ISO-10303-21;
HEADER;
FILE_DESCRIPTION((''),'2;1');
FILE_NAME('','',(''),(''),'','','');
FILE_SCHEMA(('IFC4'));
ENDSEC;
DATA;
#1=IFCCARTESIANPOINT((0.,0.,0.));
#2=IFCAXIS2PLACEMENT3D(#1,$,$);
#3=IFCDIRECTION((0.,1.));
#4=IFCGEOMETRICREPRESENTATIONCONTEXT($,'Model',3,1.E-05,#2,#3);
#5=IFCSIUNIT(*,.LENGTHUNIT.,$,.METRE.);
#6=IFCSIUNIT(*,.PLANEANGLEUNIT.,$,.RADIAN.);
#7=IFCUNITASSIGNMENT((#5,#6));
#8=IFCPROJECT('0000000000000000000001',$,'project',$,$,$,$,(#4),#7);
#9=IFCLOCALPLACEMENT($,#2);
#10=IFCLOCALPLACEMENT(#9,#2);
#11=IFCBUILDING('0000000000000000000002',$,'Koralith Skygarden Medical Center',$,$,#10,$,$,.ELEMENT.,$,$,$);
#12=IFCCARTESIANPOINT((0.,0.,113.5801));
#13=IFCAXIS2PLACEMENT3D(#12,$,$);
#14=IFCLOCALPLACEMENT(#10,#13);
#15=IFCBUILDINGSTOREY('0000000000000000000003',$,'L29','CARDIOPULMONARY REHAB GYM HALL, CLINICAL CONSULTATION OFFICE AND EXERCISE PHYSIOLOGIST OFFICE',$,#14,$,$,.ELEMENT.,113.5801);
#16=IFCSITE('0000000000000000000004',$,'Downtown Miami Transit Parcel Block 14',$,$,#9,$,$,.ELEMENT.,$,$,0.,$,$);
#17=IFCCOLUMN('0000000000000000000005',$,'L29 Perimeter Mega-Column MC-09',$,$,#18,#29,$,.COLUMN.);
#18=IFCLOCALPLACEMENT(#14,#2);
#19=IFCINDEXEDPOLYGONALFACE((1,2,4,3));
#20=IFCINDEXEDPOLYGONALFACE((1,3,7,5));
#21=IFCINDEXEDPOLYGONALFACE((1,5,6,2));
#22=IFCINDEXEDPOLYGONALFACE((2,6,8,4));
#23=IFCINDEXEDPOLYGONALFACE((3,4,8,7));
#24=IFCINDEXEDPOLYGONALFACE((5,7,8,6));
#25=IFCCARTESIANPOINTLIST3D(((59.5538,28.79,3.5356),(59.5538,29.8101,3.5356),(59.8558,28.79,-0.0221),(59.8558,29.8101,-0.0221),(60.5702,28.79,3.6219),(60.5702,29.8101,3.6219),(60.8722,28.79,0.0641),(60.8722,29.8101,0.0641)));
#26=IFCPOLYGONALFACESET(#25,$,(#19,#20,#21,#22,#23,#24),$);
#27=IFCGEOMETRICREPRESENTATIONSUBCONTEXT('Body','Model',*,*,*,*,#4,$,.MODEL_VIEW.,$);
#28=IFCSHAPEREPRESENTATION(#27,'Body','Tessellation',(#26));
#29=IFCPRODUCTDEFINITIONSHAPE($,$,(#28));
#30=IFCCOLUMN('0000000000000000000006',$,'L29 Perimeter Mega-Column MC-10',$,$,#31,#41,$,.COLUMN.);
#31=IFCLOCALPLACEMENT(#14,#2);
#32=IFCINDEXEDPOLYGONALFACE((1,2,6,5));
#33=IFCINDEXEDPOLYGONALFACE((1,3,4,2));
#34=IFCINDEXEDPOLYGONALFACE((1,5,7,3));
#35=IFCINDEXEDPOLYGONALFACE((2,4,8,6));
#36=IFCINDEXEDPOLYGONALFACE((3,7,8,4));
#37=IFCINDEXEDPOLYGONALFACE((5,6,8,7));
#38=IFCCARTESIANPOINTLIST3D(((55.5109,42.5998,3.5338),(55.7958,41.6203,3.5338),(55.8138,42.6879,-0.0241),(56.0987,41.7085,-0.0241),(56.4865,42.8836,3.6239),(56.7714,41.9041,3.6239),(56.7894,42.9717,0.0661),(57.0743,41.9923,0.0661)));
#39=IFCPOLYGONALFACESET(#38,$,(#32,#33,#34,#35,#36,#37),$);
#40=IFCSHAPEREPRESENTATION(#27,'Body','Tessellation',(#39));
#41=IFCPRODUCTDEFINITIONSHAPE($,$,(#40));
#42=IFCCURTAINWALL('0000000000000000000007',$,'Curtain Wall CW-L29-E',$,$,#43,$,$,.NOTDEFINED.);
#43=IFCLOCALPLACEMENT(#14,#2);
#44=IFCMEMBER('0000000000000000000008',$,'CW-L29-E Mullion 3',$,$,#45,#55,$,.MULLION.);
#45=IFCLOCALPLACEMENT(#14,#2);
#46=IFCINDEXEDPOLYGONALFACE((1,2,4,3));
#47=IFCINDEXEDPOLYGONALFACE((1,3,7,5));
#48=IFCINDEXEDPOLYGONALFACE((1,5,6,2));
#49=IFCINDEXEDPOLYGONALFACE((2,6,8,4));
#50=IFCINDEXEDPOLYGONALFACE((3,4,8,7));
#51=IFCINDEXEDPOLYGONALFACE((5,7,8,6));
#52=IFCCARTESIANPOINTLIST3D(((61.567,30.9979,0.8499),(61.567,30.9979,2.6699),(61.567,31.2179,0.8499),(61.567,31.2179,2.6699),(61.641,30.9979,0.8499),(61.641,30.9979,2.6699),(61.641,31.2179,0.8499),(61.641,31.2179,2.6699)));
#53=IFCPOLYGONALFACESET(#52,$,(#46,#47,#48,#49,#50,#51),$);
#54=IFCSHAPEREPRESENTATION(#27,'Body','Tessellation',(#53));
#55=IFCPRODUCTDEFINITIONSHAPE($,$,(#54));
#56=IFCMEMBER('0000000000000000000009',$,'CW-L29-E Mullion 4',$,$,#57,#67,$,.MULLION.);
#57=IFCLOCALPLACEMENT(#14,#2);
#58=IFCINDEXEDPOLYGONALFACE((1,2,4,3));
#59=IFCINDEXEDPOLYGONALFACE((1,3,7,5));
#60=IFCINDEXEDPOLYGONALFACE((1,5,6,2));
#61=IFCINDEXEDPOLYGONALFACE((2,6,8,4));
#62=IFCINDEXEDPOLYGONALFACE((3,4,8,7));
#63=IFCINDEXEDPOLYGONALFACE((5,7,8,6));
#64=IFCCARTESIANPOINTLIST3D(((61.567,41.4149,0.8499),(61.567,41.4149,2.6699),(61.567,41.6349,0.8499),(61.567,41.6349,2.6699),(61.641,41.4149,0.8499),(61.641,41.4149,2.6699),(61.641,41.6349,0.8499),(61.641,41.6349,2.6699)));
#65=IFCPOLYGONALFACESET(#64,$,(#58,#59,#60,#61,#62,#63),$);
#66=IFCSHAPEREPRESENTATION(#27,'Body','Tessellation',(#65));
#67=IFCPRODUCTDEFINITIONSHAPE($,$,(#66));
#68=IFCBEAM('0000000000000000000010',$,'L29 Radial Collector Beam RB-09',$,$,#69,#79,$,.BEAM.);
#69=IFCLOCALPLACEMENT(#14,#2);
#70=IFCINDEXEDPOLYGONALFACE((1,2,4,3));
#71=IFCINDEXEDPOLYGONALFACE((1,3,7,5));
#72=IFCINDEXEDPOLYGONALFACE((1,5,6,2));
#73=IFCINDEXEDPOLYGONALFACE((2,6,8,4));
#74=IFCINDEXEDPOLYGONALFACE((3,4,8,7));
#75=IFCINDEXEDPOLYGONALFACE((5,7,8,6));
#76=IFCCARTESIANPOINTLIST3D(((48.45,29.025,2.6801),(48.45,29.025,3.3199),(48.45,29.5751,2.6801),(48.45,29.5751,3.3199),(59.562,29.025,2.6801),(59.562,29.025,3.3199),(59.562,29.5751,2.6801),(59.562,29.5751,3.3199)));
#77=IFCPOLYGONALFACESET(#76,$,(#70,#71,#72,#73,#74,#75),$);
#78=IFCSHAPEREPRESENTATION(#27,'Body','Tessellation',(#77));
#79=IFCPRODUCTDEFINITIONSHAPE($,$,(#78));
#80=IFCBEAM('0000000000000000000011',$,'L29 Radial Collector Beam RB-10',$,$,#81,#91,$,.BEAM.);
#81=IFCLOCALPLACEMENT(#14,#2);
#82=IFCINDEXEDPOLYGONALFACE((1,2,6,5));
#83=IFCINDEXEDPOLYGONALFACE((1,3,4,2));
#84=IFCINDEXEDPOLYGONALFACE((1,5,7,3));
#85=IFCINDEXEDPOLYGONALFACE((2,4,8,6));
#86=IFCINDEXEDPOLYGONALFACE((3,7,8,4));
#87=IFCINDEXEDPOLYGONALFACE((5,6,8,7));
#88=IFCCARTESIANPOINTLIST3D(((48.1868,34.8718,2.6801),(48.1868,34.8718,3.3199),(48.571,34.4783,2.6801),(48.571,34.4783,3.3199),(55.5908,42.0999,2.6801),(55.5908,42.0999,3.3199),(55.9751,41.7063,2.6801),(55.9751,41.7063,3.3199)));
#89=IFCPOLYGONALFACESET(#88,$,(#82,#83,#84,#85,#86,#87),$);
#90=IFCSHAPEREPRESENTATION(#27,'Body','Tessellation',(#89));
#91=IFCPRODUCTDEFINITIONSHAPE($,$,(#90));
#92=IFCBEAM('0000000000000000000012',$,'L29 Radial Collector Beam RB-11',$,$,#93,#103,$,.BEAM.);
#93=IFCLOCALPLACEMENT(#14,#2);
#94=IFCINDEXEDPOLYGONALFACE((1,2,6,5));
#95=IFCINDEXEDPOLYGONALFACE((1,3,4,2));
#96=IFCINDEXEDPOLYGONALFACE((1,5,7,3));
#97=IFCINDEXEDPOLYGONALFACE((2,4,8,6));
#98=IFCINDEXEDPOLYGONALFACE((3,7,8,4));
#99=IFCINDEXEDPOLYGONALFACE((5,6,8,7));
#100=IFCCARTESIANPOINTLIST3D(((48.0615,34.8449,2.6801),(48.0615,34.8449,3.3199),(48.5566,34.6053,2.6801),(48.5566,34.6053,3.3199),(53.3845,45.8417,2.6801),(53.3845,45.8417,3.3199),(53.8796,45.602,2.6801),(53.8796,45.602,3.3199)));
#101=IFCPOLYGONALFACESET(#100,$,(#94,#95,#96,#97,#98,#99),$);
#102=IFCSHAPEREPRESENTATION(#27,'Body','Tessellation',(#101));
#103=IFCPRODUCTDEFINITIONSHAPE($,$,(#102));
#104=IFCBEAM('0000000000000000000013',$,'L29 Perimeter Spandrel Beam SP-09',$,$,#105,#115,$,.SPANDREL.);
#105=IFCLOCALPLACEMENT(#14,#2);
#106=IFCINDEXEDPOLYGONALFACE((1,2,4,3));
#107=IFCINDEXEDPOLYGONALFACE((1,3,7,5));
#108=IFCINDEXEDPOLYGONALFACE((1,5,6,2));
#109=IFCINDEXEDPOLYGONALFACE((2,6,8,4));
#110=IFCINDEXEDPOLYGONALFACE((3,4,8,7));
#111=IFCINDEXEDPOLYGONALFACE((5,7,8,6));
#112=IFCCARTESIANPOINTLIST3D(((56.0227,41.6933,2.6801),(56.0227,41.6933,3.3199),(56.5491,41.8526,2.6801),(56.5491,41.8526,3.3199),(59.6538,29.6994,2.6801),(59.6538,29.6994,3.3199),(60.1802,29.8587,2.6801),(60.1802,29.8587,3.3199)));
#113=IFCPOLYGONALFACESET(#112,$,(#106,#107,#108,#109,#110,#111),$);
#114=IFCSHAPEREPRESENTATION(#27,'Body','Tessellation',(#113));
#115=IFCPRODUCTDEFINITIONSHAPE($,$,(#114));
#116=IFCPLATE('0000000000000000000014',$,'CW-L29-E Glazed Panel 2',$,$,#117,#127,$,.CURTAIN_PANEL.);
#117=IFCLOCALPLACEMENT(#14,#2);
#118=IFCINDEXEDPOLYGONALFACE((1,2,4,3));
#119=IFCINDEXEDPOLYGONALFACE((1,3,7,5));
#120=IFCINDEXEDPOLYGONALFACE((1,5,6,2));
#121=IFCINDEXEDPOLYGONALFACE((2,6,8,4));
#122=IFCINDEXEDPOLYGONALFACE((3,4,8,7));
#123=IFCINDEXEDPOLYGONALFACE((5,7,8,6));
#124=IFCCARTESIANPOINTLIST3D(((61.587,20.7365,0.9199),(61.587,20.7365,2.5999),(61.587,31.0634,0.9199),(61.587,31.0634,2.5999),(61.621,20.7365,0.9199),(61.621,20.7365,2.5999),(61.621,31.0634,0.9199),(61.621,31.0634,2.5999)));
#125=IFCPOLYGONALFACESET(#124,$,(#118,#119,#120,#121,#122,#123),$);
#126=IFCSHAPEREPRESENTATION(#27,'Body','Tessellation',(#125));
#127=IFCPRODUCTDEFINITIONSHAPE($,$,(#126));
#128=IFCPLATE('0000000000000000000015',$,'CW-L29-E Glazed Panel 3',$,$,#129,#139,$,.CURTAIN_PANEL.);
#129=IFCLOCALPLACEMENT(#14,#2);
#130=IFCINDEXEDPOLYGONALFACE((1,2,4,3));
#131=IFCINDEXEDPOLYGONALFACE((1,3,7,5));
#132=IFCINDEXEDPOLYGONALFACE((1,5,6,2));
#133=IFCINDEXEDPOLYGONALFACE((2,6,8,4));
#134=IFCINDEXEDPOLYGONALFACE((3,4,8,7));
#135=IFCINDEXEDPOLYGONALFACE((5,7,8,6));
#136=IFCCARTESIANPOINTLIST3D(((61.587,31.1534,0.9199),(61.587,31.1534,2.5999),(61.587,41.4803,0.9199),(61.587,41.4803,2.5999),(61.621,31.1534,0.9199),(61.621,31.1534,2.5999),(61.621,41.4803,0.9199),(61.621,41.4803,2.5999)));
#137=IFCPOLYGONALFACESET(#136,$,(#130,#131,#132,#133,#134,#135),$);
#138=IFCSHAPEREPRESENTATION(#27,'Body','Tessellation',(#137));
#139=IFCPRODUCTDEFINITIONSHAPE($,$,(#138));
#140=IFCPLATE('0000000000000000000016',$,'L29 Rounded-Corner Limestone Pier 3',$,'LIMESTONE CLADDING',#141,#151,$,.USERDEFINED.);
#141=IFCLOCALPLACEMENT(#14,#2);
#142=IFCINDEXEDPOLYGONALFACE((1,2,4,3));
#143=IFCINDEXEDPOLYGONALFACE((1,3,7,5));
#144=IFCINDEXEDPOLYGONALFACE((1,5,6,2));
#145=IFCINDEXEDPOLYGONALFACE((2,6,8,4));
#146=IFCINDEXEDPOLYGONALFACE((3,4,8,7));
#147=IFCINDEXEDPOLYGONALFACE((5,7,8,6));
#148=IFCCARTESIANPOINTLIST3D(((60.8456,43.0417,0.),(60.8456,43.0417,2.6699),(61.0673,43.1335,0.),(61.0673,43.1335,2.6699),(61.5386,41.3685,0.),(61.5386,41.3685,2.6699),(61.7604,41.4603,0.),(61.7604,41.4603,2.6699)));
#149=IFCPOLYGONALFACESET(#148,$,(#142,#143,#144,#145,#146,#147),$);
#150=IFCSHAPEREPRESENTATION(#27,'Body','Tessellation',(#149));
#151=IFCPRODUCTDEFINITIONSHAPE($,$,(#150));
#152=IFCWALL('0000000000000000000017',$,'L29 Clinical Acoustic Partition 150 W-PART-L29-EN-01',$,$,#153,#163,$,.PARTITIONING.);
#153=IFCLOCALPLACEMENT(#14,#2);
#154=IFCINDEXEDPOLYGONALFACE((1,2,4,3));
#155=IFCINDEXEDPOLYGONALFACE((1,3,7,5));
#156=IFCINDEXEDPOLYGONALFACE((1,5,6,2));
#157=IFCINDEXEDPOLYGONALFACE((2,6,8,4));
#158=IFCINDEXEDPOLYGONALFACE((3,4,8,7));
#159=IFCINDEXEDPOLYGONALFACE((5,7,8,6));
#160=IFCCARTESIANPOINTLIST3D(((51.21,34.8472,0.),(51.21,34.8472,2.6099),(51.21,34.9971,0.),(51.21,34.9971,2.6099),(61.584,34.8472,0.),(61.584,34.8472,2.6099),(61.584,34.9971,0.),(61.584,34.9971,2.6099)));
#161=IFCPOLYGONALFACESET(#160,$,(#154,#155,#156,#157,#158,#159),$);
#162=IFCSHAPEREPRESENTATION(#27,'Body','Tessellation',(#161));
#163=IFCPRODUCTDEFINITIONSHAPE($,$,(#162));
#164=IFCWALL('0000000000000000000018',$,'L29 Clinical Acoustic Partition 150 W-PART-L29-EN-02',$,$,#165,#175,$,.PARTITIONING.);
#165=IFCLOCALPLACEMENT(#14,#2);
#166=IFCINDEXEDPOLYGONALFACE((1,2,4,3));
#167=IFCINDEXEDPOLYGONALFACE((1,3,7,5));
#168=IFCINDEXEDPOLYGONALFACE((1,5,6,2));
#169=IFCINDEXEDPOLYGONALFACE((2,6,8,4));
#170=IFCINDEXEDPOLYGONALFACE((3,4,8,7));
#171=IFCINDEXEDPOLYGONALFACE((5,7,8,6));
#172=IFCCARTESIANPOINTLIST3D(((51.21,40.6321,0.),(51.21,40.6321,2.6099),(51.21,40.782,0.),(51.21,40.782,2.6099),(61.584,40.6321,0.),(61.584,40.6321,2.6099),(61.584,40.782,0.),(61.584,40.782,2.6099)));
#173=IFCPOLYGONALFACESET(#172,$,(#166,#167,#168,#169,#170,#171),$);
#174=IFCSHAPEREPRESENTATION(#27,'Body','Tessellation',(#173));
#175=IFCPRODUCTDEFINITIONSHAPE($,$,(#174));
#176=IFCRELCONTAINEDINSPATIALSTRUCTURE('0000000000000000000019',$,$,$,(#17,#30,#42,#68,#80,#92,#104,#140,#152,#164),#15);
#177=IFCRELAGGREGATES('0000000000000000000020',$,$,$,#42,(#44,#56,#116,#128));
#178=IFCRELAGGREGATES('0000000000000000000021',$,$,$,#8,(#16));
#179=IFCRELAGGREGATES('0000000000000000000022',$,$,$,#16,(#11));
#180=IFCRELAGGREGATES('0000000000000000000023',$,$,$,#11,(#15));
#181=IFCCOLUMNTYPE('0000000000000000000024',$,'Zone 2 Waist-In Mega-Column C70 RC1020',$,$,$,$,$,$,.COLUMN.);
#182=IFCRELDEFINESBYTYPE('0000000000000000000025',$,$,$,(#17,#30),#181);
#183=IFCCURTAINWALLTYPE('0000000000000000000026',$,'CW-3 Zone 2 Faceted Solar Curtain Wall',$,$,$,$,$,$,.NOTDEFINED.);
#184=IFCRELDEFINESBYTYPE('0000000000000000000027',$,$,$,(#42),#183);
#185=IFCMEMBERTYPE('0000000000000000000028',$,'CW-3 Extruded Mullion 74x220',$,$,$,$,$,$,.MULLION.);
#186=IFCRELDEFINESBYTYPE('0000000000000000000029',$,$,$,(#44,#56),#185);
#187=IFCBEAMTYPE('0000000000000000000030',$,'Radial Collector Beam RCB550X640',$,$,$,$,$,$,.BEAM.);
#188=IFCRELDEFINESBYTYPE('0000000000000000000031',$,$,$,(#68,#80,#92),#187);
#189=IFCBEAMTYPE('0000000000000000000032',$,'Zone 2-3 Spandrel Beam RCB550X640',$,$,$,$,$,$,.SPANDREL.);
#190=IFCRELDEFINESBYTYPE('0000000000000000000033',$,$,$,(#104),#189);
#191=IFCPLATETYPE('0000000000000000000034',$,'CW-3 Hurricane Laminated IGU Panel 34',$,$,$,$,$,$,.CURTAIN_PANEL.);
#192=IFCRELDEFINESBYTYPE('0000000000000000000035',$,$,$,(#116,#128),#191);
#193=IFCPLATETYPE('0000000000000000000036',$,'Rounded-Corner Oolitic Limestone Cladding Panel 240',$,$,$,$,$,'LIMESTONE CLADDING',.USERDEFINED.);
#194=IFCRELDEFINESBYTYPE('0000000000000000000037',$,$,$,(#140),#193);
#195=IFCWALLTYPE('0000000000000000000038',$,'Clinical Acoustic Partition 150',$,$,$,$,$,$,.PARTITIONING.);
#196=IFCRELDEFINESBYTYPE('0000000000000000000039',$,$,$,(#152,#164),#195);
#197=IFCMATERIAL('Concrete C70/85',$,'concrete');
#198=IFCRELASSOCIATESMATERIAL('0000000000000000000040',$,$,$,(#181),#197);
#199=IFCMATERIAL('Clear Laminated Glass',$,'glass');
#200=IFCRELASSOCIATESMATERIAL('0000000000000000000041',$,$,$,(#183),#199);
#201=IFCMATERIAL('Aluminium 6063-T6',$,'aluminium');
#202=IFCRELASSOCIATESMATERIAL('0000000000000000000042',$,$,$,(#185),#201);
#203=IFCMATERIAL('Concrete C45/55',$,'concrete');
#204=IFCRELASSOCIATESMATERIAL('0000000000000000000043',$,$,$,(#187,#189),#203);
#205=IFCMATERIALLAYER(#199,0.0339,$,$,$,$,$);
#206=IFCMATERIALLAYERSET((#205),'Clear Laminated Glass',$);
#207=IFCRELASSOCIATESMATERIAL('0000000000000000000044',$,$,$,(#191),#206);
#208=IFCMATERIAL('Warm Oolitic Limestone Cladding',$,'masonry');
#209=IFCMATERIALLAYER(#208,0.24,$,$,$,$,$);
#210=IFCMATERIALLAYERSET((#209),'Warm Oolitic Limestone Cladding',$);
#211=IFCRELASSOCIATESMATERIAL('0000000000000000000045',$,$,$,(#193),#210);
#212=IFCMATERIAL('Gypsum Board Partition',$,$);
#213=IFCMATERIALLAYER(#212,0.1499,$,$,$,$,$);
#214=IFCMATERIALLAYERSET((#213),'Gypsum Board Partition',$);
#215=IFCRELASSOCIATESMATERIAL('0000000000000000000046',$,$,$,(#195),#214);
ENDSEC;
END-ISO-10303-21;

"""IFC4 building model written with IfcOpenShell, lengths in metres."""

from ifc_helpers import new_model, si_unit, direction, frame, frame_2d, origin, origin_2d, place, context, subcontext, project, spatial, rectangle, extrude, material, layer, layer_set, material_profile, profile_set, type_object, element, aggregate, save


model = new_model("IFC4")

# Units and contexts
model_context = context("Model", 3, precision=1e-05, world=origin(), true_north=direction((0.0, 1.0)))
body_context = subcontext(model_context, "Body", "Model", "MODEL_VIEW")
ifc_project = project(units=[si_unit("LENGTHUNIT", "METRE"), si_unit("PLANEANGLEUNIT", "RADIAN")], contexts=[model_context])

# Site, building, storey
site_placement = place(None, origin())
site = spatial("IfcSite", under=ifc_project, at=site_placement, Name="Downtown Miami Transit Parcel Block 14", CompositionType="ELEMENT", RefElevation=0.0)
building_placement = place(site_placement, origin())
building = spatial("IfcBuilding", under=site, at=building_placement, Name="Koralith Skygarden Medical Center", CompositionType="ELEMENT")
storey_placement = place(building_placement, frame((0.0, 0.0, 113.5801)))
storey = spatial("IfcBuildingStorey", under=building, at=storey_placement, Name="L29", Description="CARDIOPULMONARY REHAB GYM HALL, CLINICAL CONSULTATION OFFICE AND EXERCISE PHYSIOLOGIST OFFICE", CompositionType="ELEMENT", Elevation=113.5801)

# Columns
ifc_material_1 = material(Name="Concrete C70/85", Category="concrete")
ifc_material_profile_1 = material_profile(ifc_material_1, rectangle(XDim=1.02, YDim=1.02, at=origin_2d()), Name="RC1020X1020")
ifc_profile_set_1 = profile_set([ifc_material_profile_1], Name="Concrete C70/85")
column_type = type_object("IfcColumnType", Name="Zone 2 Waist-In Mega-Column C70 RC1020", PredefinedType="COLUMN", material=ifc_profile_set_1)
column_1_placement = place(storey_placement, frame((60.364, 29.3, 0.021), z_axis=(-0.084579, 0.0, 0.996417), x_axis=(0.0, -1.0, 0.0)))
element("IfcColumn", 1, at=column_1_placement, inside=storey, type_object=column_type, Name="L29 Perimeter Mega-Column MC-09", PredefinedType="COLUMN", context=body_context, shape_type="SweptSolid", body=[
    extrude(rectangle(XDim=1.02, YDim=1.02, at=origin_2d()), origin(), (0.0, 0.0, 1.0), 3.5706),
])
column_2_placement = place(storey_placement, frame((56.4441, 42.3401, 0.021), z_axis=(-0.084825, -0.024675, 0.99609), x_axis=(0.279317, -0.960199, 0.0)))
element("IfcColumn", 2, at=column_2_placement, inside=storey, type_object=column_type, Name="L29 Perimeter Mega-Column MC-10", PredefinedType="COLUMN", context=body_context, shape_type="SweptSolid", body=[
    extrude(rectangle(XDim=1.02, YDim=1.02, at=origin_2d()), origin(), (0.0, 0.0, 1.0), 3.5718),
])

# Curtain wall, members
ifc_material_2 = material(Name="Clear Laminated Glass", Category="glass")
curtain_wall_type = type_object("IfcCurtainWallType", Name="CW-3 Zone 2 Faceted Solar Curtain Wall", PredefinedType="NOTDEFINED", material=ifc_material_2)
curtain_wall_placement = place(storey_placement, origin())
curtain_wall = element("IfcCurtainWall", 3, at=curtain_wall_placement, inside=storey, type_object=curtain_wall_type, Name="Curtain Wall CW-L29-E", PredefinedType="NOTDEFINED")
ifc_material_3 = material(Name="Aluminium 6063-T6", Category="aluminium")
ifc_material_profile_2 = material_profile(ifc_material_3, rectangle(XDim=0.074, YDim=0.22, at=origin_2d()), Name="MUL74X220")
ifc_profile_set_2 = profile_set([ifc_material_profile_2], Name="Aluminium 6063-T6")
member_type = type_object("IfcMemberType", Name="CW-3 Extruded Mullion 74x220", PredefinedType="MULLION", material=ifc_profile_set_2)
member_1_placement = place(storey_placement, frame((61.604, 31.1079, 0.8499), z_axis=(0.0, 0.0, 1.0), x_axis=(1.0, 0.0, 0.0)))
member_1 = element("IfcMember", 4, at=member_1_placement, type_object=member_type, Name="CW-L29-E Mullion 3", PredefinedType="MULLION", context=body_context, shape_type="SweptSolid", body=[
    extrude(rectangle(XDim=0.074, YDim=0.22, at=origin_2d()), origin(), (0.0, 0.0, 1.0), 1.8201),
])
member_2_placement = place(storey_placement, frame((61.604, 41.5249, 0.8499), z_axis=(0.0, 0.0, 1.0), x_axis=(1.0, 0.0, 0.0)))
member_2 = element("IfcMember", 5, at=member_2_placement, type_object=member_type, Name="CW-L29-E Mullion 4", PredefinedType="MULLION", context=body_context, shape_type="SweptSolid", body=[
    extrude(rectangle(XDim=0.074, YDim=0.22, at=origin_2d()), origin(), (0.0, 0.0, 1.0), 1.8201),
])

# Beams
ifc_material_4 = material(Name="Concrete C45/55", Category="concrete")
ifc_material_profile_3 = material_profile(ifc_material_4, rectangle(XDim=0.55, YDim=0.6399, at=origin_2d()), Name="RCB550X640")
ifc_profile_set_3 = profile_set([ifc_material_profile_3], Name="Concrete C45/55")
beam_type_1 = type_object("IfcBeamType", Name="Radial Collector Beam RCB550X640", PredefinedType="BEAM", material=ifc_profile_set_3)
beam_1_placement = place(storey_placement, frame((48.45, 29.3, 3.0), z_axis=(1.0, 0.0, 0.0), x_axis=(0.0, 1.0, 0.0)))
element("IfcBeam", 6, at=beam_1_placement, inside=storey, type_object=beam_type_1, Name="L29 Radial Collector Beam RB-09", PredefinedType="BEAM", context=body_context, shape_type="SweptSolid", body=[
    extrude(rectangle(XDim=0.55, YDim=0.6399, at=origin_2d()), origin(), (0.0, 0.0, 1.0), 11.1121),
])
beam_2_placement = place(storey_placement, frame((48.3789, 34.675, 3.0), z_axis=(0.715562, 0.69855, 0.0), x_axis=(-0.69855, 0.715562, 0.0)))
element("IfcBeam", 7, at=beam_2_placement, inside=storey, type_object=beam_type_1, Name="L29 Radial Collector Beam RB-10", PredefinedType="BEAM", context=body_context, shape_type="SweptSolid", body=[
    extrude(rectangle(XDim=0.55, YDim=0.6399, at=origin_2d()), origin(), (0.0, 0.0, 1.0), 10.3472),
])
beam_3_placement = place(storey_placement, frame((48.3091, 34.7251, 3.0), z_axis=(0.43569, 0.900097, 0.0), x_axis=(-0.900097, 0.43569, 0.0)))
element("IfcBeam", 8, at=beam_3_placement, inside=storey, type_object=beam_type_1, Name="L29 Radial Collector Beam RB-11", PredefinedType="BEAM", context=body_context, shape_type="SweptSolid", body=[
    extrude(rectangle(XDim=0.55, YDim=0.6399, at=origin_2d()), origin(), (0.0, 0.0, 1.0), 12.2173),
])
ifc_material_profile_4 = material_profile(ifc_material_4, rectangle(XDim=0.55, YDim=0.6399, at=origin_2d()), Name="RCB550X640")
ifc_profile_set_4 = profile_set([ifc_material_profile_4], Name="Concrete C45/55")
beam_type_2 = type_object("IfcBeamType", Name="Zone 2-3 Spandrel Beam RCB550X640", PredefinedType="SPANDREL", material=ifc_profile_set_4)
beam_4_placement = place(storey_placement, frame((59.917, 29.7791, 3.0), z_axis=(-0.289758, 0.9571, 0.0), x_axis=(-0.9571, -0.289758, 0.0)))
element("IfcBeam", 9, at=beam_4_placement, inside=storey, type_object=beam_type_2, Name="L29 Perimeter Spandrel Beam SP-09", PredefinedType="SPANDREL", context=body_context, shape_type="SweptSolid", body=[
    extrude(rectangle(XDim=0.55, YDim=0.6399, at=origin_2d()), origin(), (0.0, 0.0, 1.0), 12.5315),
])

# Plates
ifc_layer_1 = layer(ifc_material_2, 0.0339)
ifc_layer_set_1 = layer_set([ifc_layer_1], Name="Clear Laminated Glass")
plate_type_1 = type_object("IfcPlateType", Name="CW-3 Hurricane Laminated IGU Panel 34", PredefinedType="CURTAIN_PANEL", material=ifc_layer_set_1)
plate_1_placement = place(storey_placement, frame((61.604, 25.8999, 0.9199), z_axis=(0.0, 0.0, 1.0), x_axis=(0.0, 1.0, 0.0)))
plate_1 = element("IfcPlate", 10, at=plate_1_placement, type_object=plate_type_1, Name="CW-L29-E Glazed Panel 2", PredefinedType="CURTAIN_PANEL", context=body_context, shape_type="SweptSolid", body=[
    extrude(rectangle(XDim=10.3269, YDim=0.0339, at=origin_2d()), origin(), (0.0, 0.0, 1.0), 1.6799),
])
plate_2_placement = place(storey_placement, frame((61.604, 36.3169, 0.9199), z_axis=(0.0, 0.0, 1.0), x_axis=(0.0, 1.0, 0.0)))
plate_2 = element("IfcPlate", 11, at=plate_2_placement, type_object=plate_type_1, Name="CW-L29-E Glazed Panel 3", PredefinedType="CURTAIN_PANEL", context=body_context, shape_type="SweptSolid", body=[
    extrude(rectangle(XDim=10.3269, YDim=0.0339, at=origin_2d()), origin(), (0.0, 0.0, 1.0), 1.6799),
])
aggregate(curtain_wall, [member_1, member_2, plate_1, plate_2])
ifc_material_5 = material(Name="Warm Oolitic Limestone Cladding", Category="masonry")
ifc_layer_2 = layer(ifc_material_5, 0.24)
ifc_layer_set_2 = layer_set([ifc_layer_2], Name="Warm Oolitic Limestone Cladding")
plate_type_2 = type_object("IfcPlateType", Name="Rounded-Corner Oolitic Limestone Cladding Panel 240", ElementType="LIMESTONE CLADDING", PredefinedType="USERDEFINED", material=ifc_layer_set_2)
plate_3_placement = place(storey_placement, frame((61.303, 42.251, 0.0), z_axis=(0.0, 0.0, 1.0), x_axis=(-0.382671, 0.923885, 0.0)))
element("IfcPlate", 12, at=plate_3_placement, inside=storey, type_object=plate_type_2, Name="L29 Rounded-Corner Limestone Pier 3", ObjectType="LIMESTONE CLADDING", PredefinedType="USERDEFINED", context=body_context, shape_type="SweptSolid", body=[
    extrude(rectangle(XDim=1.811, YDim=0.24, at=origin_2d()), origin(), (0.0, 0.0, 1.0), 2.6699),
])

# Walls
ifc_material_6 = material(Name="Gypsum Board Partition")
ifc_layer_3 = layer(ifc_material_6, 0.1499)
ifc_layer_set_3 = layer_set([ifc_layer_3], Name="Gypsum Board Partition")
wall_type_1 = type_object("IfcWallType", Name="Clinical Acoustic Partition 150", PredefinedType="PARTITIONING", material=ifc_layer_set_3)
for number, where, z_axis, x_axis, name in (
    (13, (51.21, 34.9221, 0.0), (0.0, 0.0, 1.0), (1.0, 0.0, 0.0), "L29 Clinical Acoustic Partition 150 W-PART-L29-EN-01"),
    (14, (51.21, 40.707, 0.0), (0.0, 0.0, 1.0), (1.0, 0.0, 0.0), "L29 Clinical Acoustic Partition 150 W-PART-L29-EN-02"),
):
    element("IfcWall", number, at=place(storey_placement, frame(where, z_axis=z_axis, x_axis=x_axis)), inside=storey, type_object=wall_type_1, Name=name, PredefinedType="PARTITIONING", context=body_context, shape_type="SweptSolid", body=[
        extrude(rectangle(XDim=10.374, YDim=0.1499, at=frame_2d((5.187, 0.0))), origin(), (0.0, 0.0, 1.0), 2.6099),
    ])

save(model, "model.ifc")
